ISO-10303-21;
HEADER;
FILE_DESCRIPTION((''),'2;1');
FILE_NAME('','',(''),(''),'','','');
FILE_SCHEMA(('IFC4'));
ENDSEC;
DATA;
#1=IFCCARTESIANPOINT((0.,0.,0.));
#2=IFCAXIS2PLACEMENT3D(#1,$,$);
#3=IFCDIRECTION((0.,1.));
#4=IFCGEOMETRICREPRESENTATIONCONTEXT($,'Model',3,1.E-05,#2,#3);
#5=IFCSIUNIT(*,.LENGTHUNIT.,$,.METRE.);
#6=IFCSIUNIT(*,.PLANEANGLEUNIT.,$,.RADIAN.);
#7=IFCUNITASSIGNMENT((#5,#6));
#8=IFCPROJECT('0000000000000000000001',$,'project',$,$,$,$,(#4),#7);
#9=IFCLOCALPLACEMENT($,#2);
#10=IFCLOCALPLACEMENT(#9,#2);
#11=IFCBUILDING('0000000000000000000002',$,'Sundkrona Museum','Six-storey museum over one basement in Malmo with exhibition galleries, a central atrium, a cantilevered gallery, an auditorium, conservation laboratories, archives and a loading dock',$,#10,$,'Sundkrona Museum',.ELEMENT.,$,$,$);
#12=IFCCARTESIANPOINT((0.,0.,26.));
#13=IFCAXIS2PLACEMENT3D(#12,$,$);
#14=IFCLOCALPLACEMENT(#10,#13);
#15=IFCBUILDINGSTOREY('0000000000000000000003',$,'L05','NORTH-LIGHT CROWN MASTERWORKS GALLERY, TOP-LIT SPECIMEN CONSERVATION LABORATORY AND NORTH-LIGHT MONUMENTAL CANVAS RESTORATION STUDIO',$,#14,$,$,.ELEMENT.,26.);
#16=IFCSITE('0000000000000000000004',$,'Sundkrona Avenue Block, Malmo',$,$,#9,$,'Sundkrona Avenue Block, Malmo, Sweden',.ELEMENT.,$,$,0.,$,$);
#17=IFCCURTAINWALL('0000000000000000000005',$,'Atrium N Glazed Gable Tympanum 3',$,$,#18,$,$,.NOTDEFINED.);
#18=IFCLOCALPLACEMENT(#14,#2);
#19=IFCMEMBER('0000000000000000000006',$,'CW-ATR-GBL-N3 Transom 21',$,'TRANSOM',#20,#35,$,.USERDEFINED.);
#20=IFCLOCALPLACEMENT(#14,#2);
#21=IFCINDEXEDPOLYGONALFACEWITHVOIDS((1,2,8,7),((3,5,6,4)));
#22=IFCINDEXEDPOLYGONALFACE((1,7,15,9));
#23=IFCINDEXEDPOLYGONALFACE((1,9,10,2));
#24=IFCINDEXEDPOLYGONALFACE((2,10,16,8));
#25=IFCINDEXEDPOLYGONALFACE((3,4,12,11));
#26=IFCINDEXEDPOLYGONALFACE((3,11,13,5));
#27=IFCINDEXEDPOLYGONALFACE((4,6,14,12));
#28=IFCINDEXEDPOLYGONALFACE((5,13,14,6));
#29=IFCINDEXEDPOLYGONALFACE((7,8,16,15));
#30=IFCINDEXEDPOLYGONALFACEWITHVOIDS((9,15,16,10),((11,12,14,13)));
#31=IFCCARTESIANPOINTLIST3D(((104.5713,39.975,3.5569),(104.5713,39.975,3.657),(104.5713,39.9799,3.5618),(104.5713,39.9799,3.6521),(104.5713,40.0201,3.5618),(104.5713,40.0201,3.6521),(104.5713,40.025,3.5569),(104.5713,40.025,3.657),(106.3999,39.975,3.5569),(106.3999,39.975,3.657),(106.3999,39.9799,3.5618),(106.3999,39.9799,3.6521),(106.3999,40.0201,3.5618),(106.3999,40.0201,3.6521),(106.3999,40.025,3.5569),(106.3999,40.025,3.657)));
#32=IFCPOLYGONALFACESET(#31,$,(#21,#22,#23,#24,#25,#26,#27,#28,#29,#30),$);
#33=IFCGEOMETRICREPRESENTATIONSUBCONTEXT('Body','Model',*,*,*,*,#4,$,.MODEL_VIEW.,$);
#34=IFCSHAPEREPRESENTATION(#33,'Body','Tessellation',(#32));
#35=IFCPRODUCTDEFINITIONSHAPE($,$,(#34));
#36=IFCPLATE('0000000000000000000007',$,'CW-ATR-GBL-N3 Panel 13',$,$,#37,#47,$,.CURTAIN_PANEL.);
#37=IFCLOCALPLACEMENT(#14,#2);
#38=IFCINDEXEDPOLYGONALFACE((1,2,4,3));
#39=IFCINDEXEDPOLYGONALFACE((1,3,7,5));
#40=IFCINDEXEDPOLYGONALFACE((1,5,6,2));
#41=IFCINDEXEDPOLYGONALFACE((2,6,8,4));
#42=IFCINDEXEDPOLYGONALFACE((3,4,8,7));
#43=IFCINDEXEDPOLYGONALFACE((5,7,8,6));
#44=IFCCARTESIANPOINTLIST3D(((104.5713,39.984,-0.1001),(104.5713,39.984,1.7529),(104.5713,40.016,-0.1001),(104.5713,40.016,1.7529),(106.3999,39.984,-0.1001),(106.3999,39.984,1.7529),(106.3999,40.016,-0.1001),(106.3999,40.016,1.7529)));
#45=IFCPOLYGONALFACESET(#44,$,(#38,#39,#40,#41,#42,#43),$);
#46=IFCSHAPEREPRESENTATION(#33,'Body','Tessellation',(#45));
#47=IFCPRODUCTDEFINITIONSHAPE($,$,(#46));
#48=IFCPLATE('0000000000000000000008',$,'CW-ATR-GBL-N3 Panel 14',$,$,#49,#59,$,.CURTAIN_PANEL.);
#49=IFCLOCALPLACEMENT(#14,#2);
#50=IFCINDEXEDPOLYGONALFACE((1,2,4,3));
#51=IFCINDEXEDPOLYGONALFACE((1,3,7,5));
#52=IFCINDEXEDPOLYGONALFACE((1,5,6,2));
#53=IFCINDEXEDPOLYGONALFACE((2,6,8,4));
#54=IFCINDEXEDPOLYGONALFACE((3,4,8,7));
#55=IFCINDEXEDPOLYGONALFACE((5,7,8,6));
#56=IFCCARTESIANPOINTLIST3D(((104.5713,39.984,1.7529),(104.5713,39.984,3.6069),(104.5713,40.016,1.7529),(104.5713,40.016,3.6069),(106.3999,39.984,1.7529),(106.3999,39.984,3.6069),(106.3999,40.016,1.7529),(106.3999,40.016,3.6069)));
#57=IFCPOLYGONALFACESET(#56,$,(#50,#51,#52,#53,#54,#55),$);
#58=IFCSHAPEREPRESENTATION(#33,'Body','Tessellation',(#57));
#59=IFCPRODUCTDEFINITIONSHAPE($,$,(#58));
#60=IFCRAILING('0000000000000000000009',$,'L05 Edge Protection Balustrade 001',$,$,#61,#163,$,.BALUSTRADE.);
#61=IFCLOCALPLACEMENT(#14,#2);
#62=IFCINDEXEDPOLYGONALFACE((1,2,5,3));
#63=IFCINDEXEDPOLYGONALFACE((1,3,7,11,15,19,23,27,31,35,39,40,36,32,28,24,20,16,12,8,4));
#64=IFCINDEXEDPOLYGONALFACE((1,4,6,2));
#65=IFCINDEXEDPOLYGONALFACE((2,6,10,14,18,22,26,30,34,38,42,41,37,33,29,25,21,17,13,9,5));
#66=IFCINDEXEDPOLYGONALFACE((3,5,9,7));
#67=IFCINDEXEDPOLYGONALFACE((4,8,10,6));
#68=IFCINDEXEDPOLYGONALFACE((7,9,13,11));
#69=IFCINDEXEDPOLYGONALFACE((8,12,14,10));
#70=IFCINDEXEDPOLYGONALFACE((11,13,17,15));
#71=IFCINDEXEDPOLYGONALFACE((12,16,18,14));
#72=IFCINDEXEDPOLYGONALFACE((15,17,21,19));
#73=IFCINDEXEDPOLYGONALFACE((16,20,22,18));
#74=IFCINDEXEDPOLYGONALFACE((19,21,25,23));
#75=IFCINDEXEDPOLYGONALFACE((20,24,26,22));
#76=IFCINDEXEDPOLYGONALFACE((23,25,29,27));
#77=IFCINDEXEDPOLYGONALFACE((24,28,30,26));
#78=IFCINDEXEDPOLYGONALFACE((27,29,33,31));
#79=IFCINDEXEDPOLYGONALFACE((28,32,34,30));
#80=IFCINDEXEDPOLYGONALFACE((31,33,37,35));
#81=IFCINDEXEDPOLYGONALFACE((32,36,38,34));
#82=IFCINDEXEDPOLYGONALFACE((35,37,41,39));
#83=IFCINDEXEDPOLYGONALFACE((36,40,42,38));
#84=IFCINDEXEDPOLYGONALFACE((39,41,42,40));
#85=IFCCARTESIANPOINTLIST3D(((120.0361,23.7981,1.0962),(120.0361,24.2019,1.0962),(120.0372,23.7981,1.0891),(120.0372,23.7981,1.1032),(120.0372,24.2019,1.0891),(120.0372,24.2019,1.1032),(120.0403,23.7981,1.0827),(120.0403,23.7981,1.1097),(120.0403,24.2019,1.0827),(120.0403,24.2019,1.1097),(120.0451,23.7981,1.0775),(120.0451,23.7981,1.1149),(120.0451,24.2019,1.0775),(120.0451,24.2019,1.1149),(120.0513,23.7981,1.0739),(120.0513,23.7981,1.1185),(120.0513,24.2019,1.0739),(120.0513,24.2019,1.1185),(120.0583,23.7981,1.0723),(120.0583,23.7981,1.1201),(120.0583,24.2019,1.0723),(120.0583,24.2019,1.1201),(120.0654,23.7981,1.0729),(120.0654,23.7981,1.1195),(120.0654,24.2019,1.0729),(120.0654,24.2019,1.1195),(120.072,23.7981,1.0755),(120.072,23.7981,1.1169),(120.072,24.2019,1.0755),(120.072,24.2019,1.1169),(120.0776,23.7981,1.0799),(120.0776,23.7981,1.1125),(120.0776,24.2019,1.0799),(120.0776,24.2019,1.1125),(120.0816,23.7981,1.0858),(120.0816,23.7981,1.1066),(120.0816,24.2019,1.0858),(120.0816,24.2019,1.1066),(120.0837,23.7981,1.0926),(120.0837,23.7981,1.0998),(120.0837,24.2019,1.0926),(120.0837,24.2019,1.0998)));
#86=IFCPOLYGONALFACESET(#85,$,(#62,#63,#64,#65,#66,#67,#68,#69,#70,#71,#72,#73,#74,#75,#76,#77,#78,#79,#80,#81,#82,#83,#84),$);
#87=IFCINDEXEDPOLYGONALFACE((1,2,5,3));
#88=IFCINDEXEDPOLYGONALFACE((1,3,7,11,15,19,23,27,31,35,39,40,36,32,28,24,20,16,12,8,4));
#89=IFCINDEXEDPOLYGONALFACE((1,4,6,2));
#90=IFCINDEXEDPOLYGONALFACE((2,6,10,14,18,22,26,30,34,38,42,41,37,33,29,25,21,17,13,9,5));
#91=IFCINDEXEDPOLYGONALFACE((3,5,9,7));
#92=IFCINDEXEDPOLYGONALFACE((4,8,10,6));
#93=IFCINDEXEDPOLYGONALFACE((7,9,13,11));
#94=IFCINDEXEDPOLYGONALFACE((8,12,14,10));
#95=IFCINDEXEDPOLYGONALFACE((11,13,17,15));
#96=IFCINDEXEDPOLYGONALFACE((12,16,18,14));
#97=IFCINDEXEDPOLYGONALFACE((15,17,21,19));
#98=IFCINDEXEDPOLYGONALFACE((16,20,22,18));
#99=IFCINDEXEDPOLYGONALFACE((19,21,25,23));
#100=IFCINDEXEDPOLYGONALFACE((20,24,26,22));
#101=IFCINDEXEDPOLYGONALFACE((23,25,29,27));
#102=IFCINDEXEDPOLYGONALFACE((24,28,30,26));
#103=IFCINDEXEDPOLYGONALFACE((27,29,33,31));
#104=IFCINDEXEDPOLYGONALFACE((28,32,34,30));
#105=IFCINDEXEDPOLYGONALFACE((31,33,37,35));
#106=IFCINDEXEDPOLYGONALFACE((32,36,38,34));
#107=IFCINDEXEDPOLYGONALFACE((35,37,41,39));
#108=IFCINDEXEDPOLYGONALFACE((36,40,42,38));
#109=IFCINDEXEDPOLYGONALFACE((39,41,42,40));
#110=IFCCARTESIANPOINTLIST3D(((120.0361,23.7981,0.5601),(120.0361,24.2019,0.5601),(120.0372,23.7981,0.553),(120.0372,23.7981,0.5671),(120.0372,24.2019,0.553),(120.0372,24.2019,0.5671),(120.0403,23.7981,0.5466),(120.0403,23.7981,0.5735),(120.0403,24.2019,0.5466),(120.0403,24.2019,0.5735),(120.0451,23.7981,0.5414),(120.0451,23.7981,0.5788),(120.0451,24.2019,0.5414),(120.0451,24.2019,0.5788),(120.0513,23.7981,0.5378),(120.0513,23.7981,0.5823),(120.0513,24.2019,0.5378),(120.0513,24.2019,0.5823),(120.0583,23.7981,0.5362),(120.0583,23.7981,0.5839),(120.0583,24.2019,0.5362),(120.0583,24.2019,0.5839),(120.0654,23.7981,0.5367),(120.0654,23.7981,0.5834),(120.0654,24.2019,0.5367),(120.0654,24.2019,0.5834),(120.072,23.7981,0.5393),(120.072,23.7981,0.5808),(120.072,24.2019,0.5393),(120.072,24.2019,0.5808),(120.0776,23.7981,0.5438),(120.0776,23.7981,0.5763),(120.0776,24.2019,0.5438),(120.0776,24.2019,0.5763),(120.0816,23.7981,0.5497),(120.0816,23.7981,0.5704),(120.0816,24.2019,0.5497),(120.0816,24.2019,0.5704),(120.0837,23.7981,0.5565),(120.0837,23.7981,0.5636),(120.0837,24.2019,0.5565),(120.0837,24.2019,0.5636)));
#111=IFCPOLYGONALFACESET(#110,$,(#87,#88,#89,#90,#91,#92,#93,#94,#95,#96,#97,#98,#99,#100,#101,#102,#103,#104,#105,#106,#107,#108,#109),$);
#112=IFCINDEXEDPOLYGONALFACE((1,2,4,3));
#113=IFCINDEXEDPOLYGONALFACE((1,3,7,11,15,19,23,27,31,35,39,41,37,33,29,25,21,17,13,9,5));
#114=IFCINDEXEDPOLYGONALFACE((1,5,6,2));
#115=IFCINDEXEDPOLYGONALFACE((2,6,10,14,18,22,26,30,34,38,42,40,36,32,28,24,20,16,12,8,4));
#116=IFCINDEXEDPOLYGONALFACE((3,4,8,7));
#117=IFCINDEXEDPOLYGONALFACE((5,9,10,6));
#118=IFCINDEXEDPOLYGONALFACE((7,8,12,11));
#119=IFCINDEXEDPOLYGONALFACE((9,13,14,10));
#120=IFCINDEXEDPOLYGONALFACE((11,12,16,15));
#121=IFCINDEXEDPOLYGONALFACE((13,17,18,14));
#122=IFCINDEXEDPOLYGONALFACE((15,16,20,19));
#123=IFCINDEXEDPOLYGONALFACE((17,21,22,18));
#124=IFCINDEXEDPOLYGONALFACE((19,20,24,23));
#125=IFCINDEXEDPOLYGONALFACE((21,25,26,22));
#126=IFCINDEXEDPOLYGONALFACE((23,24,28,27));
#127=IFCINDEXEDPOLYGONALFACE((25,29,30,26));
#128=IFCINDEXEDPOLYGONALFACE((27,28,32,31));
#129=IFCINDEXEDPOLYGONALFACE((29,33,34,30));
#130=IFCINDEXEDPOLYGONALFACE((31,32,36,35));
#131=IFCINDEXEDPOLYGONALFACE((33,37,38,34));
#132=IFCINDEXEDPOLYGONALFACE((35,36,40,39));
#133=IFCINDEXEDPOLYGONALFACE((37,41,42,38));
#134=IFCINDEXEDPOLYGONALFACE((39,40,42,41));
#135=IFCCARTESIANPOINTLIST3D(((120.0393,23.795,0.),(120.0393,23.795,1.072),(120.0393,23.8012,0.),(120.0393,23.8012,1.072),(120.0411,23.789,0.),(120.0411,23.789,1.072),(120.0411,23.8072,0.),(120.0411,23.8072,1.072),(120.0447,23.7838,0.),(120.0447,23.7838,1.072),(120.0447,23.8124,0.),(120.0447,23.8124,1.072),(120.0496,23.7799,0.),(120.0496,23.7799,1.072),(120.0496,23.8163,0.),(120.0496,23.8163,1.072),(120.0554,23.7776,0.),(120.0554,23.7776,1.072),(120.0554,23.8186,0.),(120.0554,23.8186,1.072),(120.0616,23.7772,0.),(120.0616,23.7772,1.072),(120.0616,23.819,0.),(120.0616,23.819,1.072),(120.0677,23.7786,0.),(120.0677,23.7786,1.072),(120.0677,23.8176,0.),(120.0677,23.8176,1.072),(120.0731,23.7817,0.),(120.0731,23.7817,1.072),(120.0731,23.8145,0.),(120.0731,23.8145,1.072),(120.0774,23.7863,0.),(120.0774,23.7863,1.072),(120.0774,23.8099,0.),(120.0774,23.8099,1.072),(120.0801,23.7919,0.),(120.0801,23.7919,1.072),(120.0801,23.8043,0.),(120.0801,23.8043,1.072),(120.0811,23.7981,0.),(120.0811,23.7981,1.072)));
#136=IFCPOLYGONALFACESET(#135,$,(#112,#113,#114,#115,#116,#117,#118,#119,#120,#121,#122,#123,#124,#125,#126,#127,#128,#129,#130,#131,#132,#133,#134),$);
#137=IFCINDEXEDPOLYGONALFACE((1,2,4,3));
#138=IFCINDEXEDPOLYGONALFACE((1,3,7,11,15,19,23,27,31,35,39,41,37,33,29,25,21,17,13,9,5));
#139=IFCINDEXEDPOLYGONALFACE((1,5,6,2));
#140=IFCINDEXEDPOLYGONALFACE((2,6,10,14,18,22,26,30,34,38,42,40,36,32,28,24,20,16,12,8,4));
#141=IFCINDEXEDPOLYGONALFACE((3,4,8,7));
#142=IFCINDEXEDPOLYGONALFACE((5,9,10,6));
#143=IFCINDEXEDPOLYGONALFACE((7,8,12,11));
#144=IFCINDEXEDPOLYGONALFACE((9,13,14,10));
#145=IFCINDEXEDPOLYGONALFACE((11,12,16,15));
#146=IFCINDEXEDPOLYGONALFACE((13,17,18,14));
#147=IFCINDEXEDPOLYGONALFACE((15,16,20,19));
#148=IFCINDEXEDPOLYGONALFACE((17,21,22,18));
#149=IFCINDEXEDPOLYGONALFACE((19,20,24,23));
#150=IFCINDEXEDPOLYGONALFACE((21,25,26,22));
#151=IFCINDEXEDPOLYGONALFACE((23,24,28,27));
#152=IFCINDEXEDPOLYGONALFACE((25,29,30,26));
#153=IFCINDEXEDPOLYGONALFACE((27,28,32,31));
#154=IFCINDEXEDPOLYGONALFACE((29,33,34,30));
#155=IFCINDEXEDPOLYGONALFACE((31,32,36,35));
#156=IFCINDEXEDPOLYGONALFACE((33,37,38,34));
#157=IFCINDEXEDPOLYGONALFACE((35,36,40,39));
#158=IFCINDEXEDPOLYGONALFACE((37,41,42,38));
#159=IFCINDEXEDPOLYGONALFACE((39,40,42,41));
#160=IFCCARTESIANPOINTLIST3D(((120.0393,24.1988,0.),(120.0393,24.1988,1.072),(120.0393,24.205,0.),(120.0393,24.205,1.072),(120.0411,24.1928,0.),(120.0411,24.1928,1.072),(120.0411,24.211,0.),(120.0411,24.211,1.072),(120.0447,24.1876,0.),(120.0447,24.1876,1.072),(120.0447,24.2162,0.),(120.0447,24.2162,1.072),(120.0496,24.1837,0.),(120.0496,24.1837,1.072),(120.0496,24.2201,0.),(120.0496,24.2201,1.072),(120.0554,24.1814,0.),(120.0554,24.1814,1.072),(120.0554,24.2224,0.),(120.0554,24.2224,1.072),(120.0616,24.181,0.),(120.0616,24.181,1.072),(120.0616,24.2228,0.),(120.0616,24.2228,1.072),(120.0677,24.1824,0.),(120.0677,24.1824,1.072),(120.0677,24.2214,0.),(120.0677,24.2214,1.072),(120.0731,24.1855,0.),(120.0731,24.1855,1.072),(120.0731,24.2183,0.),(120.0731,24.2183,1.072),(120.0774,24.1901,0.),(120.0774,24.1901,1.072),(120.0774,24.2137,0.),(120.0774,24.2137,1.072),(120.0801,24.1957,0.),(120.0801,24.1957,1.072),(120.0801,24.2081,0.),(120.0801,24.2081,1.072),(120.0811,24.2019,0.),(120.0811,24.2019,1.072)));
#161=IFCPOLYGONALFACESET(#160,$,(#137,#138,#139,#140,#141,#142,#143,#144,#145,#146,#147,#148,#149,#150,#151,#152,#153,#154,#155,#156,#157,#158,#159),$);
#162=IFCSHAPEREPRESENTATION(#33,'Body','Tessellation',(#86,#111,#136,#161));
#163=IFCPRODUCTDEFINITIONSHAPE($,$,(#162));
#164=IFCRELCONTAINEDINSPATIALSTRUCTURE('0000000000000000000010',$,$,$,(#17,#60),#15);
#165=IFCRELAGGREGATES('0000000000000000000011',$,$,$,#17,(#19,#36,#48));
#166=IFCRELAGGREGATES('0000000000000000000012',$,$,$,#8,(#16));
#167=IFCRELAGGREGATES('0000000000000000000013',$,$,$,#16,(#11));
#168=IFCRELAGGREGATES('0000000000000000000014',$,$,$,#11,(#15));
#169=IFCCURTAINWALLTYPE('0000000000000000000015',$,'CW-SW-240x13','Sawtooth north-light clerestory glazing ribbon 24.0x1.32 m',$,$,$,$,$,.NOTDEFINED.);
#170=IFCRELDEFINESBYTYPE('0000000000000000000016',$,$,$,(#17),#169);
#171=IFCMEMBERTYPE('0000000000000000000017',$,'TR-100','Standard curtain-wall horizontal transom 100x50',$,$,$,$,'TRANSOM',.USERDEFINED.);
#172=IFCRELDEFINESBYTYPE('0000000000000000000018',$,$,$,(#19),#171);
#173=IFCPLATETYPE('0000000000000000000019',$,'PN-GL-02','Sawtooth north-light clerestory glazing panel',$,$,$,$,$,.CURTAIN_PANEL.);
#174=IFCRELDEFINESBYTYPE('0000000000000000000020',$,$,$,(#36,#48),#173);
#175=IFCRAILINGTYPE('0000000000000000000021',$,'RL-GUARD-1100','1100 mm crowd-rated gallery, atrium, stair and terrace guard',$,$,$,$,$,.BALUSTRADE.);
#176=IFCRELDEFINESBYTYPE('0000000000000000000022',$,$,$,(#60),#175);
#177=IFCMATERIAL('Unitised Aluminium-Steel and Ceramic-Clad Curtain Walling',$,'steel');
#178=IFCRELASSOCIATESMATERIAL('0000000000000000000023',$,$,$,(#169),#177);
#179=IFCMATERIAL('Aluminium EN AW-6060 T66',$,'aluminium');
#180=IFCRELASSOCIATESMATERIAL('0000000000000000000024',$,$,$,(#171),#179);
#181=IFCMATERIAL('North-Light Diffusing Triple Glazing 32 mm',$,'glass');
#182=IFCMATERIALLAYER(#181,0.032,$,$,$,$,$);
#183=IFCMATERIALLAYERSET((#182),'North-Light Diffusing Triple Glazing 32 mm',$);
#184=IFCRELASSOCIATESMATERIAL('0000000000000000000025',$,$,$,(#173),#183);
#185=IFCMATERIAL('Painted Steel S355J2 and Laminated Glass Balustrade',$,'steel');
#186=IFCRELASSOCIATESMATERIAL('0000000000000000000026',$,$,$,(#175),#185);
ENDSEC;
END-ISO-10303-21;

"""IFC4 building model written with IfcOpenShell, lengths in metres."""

from ifc_helpers import new_model, si_unit, direction, frame, origin, origin_2d, place, context, subcontext, project, spatial, rectangle, hollow_rectangle, circle, extrude, material, layer, layer_set, material_profile, profile_set, type_object, element, aggregate, save


model = new_model("IFC4")

# Units and contexts
model_context = context("Model", 3, precision=1e-05, world=origin(), true_north=direction((0.0, 1.0)))
body_context = subcontext(model_context, "Body", "Model", "MODEL_VIEW")
ifc_project = project(units=[si_unit("LENGTHUNIT", "METRE"), si_unit("PLANEANGLEUNIT", "RADIAN")], contexts=[model_context])

# Site, building, storey
site_placement = place(None, origin())
site = spatial("IfcSite", under=ifc_project, at=site_placement, Name="Sundkrona Avenue Block, Malmo", LongName="Sundkrona Avenue Block, Malmo, Sweden", CompositionType="ELEMENT", RefElevation=0.0)
building_placement = place(site_placement, origin())
building = spatial("IfcBuilding", under=site, at=building_placement, Name="Sundkrona Museum", Description="Six-storey museum over one basement in Malmo with exhibition galleries, a central atrium, a cantilevered gallery, an auditorium, conservation laboratories, archives and a loading dock", LongName="Sundkrona Museum", CompositionType="ELEMENT")
storey_placement = place(building_placement, frame((0.0, 0.0, 26.0)))
storey = spatial("IfcBuildingStorey", under=building, at=storey_placement, Name="L05", Description="NORTH-LIGHT CROWN MASTERWORKS GALLERY, TOP-LIT SPECIMEN CONSERVATION LABORATORY AND NORTH-LIGHT MONUMENTAL CANVAS RESTORATION STUDIO", CompositionType="ELEMENT", Elevation=26.0)

# Curtain wall
ifc_material_1 = material(Name="Unitised Aluminium-Steel and Ceramic-Clad Curtain Walling", Category="steel")
curtain_wall_type = type_object("IfcCurtainWallType", Name="CW-SW-240x13", Description="Sawtooth north-light clerestory glazing ribbon 24.0x1.32 m", PredefinedType="NOTDEFINED", material=ifc_material_1)
curtain_wall_1_placement = place(storey_placement, origin())
curtain_wall_1 = element("IfcCurtainWall", 1, at=curtain_wall_1_placement, inside=storey, type_object=curtain_wall_type, Name="Atrium N Glazed Gable Tympanum 3", PredefinedType="NOTDEFINED")
ifc_material_2 = material(Name="Aluminium EN AW-6060 T66", Category="aluminium")

# Member
ifc_material_profile_1 = material_profile(ifc_material_2, hollow_rectangle(XDim=0.05, YDim=0.1001, WallThickness=0.0049, at=origin_2d()), Name="RHS 100x50x5.0")
ifc_profile_set_1 = profile_set([ifc_material_profile_1], Name="Aluminium EN AW-6060 T66")
member_type_1 = type_object("IfcMemberType", Name="TR-100", Description="Standard curtain-wall horizontal transom 100x50", ElementType="TRANSOM", PredefinedType="USERDEFINED", material=ifc_profile_set_1)
member_1_placement = place(storey_placement, frame((104.5713, 40.0, 3.6069), z_axis=(1.0, 0.0, 0.0), x_axis=(0.0, 1.0, 0.0)))
member_1 = element("IfcMember", 2, at=member_1_placement, type_object=member_type_1, Name="CW-ATR-GBL-N3 Transom 21", ObjectType="TRANSOM", PredefinedType="USERDEFINED", context=body_context, shape_type="SweptSolid", body=[
    extrude(hollow_rectangle(XDim=0.05, YDim=0.1001, WallThickness=0.0049, at=origin_2d()), origin(), (0.0, 0.0, 1.0), 1.8286),
])

# Plates
ifc_material_3 = material(Name="North-Light Diffusing Triple Glazing 32 mm", Category="glass")
ifc_layer = layer(ifc_material_3, 0.032)
ifc_layer_set = layer_set([ifc_layer], Name="North-Light Diffusing Triple Glazing 32 mm")
plate_type = type_object("IfcPlateType", Name="PN-GL-02", Description="Sawtooth north-light clerestory glazing panel", PredefinedType="CURTAIN_PANEL", material=ifc_layer_set)
plate_1_placement = place(storey_placement, frame((105.4856, 40.0, -0.1001), z_axis=(0.0, 0.0, 1.0), x_axis=(1.0, 0.0, 0.0)))
plate_1 = element("IfcPlate", 3, at=plate_1_placement, type_object=plate_type, Name="CW-ATR-GBL-N3 Panel 13", PredefinedType="CURTAIN_PANEL", context=body_context, shape_type="SweptSolid", body=[
    extrude(rectangle(XDim=1.8286, YDim=0.032, at=origin_2d()), origin(), (0.0, 0.0, 1.0), 1.853),
])
plate_2_placement = place(storey_placement, frame((105.4856, 40.0, 1.7529), z_axis=(0.0, 0.0, 1.0), x_axis=(1.0, 0.0, 0.0)))
plate_2 = element("IfcPlate", 4, at=plate_2_placement, type_object=plate_type, Name="CW-ATR-GBL-N3 Panel 14", PredefinedType="CURTAIN_PANEL", context=body_context, shape_type="SweptSolid", body=[
    extrude(rectangle(XDim=1.8286, YDim=0.032, at=origin_2d()), origin(), (0.0, 0.0, 1.0), 1.854),
])
aggregate(curtain_wall_1, [member_1, plate_1, plate_2])

# Railing
ifc_material_4 = material(Name="Painted Steel S355J2 and Laminated Glass Balustrade", Category="steel")
railing_type = type_object("IfcRailingType", Name="RL-GUARD-1100", Description="1100 mm crowd-rated gallery, atrium, stair and terrace guard", PredefinedType="BALUSTRADE", material=ifc_material_4)
for number, where, name in (
    (5, (120.0601, 23.7981, 0.0), "L05 Edge Protection Balustrade 001"),
):
    element("IfcRailing", number, at=place(storey_placement, frame(where)), inside=storey, type_object=railing_type, Name=name, PredefinedType="BALUSTRADE", context=body_context, shape_type="SweptSolid", body=[
        extrude(circle(Radius=0.0239, at=origin_2d()), frame((0.0, 0.0, 1.0962), z_axis=(0.0, 1.0, 0.0), x_axis=(-1.0, 0.0, 0.0)), (0.0, 0.0, 1.0), 0.4038),
        extrude(circle(Radius=0.0239, at=origin_2d()), frame((0.0, 0.0, 0.5601), z_axis=(0.0, 1.0, 0.0), x_axis=(-1.0, 0.0, 0.0)), (0.0, 0.0, 1.0), 0.4038),
        extrude(circle(Radius=0.021, at=origin_2d()), origin(), (0.0, 0.0, 1.0), 1.072),
        extrude(circle(Radius=0.021, at=origin_2d()), frame((0.0, 0.4038, 0.0)), (0.0, 0.0, 1.0), 1.072),
    ])

save(model, "model.ifc")
